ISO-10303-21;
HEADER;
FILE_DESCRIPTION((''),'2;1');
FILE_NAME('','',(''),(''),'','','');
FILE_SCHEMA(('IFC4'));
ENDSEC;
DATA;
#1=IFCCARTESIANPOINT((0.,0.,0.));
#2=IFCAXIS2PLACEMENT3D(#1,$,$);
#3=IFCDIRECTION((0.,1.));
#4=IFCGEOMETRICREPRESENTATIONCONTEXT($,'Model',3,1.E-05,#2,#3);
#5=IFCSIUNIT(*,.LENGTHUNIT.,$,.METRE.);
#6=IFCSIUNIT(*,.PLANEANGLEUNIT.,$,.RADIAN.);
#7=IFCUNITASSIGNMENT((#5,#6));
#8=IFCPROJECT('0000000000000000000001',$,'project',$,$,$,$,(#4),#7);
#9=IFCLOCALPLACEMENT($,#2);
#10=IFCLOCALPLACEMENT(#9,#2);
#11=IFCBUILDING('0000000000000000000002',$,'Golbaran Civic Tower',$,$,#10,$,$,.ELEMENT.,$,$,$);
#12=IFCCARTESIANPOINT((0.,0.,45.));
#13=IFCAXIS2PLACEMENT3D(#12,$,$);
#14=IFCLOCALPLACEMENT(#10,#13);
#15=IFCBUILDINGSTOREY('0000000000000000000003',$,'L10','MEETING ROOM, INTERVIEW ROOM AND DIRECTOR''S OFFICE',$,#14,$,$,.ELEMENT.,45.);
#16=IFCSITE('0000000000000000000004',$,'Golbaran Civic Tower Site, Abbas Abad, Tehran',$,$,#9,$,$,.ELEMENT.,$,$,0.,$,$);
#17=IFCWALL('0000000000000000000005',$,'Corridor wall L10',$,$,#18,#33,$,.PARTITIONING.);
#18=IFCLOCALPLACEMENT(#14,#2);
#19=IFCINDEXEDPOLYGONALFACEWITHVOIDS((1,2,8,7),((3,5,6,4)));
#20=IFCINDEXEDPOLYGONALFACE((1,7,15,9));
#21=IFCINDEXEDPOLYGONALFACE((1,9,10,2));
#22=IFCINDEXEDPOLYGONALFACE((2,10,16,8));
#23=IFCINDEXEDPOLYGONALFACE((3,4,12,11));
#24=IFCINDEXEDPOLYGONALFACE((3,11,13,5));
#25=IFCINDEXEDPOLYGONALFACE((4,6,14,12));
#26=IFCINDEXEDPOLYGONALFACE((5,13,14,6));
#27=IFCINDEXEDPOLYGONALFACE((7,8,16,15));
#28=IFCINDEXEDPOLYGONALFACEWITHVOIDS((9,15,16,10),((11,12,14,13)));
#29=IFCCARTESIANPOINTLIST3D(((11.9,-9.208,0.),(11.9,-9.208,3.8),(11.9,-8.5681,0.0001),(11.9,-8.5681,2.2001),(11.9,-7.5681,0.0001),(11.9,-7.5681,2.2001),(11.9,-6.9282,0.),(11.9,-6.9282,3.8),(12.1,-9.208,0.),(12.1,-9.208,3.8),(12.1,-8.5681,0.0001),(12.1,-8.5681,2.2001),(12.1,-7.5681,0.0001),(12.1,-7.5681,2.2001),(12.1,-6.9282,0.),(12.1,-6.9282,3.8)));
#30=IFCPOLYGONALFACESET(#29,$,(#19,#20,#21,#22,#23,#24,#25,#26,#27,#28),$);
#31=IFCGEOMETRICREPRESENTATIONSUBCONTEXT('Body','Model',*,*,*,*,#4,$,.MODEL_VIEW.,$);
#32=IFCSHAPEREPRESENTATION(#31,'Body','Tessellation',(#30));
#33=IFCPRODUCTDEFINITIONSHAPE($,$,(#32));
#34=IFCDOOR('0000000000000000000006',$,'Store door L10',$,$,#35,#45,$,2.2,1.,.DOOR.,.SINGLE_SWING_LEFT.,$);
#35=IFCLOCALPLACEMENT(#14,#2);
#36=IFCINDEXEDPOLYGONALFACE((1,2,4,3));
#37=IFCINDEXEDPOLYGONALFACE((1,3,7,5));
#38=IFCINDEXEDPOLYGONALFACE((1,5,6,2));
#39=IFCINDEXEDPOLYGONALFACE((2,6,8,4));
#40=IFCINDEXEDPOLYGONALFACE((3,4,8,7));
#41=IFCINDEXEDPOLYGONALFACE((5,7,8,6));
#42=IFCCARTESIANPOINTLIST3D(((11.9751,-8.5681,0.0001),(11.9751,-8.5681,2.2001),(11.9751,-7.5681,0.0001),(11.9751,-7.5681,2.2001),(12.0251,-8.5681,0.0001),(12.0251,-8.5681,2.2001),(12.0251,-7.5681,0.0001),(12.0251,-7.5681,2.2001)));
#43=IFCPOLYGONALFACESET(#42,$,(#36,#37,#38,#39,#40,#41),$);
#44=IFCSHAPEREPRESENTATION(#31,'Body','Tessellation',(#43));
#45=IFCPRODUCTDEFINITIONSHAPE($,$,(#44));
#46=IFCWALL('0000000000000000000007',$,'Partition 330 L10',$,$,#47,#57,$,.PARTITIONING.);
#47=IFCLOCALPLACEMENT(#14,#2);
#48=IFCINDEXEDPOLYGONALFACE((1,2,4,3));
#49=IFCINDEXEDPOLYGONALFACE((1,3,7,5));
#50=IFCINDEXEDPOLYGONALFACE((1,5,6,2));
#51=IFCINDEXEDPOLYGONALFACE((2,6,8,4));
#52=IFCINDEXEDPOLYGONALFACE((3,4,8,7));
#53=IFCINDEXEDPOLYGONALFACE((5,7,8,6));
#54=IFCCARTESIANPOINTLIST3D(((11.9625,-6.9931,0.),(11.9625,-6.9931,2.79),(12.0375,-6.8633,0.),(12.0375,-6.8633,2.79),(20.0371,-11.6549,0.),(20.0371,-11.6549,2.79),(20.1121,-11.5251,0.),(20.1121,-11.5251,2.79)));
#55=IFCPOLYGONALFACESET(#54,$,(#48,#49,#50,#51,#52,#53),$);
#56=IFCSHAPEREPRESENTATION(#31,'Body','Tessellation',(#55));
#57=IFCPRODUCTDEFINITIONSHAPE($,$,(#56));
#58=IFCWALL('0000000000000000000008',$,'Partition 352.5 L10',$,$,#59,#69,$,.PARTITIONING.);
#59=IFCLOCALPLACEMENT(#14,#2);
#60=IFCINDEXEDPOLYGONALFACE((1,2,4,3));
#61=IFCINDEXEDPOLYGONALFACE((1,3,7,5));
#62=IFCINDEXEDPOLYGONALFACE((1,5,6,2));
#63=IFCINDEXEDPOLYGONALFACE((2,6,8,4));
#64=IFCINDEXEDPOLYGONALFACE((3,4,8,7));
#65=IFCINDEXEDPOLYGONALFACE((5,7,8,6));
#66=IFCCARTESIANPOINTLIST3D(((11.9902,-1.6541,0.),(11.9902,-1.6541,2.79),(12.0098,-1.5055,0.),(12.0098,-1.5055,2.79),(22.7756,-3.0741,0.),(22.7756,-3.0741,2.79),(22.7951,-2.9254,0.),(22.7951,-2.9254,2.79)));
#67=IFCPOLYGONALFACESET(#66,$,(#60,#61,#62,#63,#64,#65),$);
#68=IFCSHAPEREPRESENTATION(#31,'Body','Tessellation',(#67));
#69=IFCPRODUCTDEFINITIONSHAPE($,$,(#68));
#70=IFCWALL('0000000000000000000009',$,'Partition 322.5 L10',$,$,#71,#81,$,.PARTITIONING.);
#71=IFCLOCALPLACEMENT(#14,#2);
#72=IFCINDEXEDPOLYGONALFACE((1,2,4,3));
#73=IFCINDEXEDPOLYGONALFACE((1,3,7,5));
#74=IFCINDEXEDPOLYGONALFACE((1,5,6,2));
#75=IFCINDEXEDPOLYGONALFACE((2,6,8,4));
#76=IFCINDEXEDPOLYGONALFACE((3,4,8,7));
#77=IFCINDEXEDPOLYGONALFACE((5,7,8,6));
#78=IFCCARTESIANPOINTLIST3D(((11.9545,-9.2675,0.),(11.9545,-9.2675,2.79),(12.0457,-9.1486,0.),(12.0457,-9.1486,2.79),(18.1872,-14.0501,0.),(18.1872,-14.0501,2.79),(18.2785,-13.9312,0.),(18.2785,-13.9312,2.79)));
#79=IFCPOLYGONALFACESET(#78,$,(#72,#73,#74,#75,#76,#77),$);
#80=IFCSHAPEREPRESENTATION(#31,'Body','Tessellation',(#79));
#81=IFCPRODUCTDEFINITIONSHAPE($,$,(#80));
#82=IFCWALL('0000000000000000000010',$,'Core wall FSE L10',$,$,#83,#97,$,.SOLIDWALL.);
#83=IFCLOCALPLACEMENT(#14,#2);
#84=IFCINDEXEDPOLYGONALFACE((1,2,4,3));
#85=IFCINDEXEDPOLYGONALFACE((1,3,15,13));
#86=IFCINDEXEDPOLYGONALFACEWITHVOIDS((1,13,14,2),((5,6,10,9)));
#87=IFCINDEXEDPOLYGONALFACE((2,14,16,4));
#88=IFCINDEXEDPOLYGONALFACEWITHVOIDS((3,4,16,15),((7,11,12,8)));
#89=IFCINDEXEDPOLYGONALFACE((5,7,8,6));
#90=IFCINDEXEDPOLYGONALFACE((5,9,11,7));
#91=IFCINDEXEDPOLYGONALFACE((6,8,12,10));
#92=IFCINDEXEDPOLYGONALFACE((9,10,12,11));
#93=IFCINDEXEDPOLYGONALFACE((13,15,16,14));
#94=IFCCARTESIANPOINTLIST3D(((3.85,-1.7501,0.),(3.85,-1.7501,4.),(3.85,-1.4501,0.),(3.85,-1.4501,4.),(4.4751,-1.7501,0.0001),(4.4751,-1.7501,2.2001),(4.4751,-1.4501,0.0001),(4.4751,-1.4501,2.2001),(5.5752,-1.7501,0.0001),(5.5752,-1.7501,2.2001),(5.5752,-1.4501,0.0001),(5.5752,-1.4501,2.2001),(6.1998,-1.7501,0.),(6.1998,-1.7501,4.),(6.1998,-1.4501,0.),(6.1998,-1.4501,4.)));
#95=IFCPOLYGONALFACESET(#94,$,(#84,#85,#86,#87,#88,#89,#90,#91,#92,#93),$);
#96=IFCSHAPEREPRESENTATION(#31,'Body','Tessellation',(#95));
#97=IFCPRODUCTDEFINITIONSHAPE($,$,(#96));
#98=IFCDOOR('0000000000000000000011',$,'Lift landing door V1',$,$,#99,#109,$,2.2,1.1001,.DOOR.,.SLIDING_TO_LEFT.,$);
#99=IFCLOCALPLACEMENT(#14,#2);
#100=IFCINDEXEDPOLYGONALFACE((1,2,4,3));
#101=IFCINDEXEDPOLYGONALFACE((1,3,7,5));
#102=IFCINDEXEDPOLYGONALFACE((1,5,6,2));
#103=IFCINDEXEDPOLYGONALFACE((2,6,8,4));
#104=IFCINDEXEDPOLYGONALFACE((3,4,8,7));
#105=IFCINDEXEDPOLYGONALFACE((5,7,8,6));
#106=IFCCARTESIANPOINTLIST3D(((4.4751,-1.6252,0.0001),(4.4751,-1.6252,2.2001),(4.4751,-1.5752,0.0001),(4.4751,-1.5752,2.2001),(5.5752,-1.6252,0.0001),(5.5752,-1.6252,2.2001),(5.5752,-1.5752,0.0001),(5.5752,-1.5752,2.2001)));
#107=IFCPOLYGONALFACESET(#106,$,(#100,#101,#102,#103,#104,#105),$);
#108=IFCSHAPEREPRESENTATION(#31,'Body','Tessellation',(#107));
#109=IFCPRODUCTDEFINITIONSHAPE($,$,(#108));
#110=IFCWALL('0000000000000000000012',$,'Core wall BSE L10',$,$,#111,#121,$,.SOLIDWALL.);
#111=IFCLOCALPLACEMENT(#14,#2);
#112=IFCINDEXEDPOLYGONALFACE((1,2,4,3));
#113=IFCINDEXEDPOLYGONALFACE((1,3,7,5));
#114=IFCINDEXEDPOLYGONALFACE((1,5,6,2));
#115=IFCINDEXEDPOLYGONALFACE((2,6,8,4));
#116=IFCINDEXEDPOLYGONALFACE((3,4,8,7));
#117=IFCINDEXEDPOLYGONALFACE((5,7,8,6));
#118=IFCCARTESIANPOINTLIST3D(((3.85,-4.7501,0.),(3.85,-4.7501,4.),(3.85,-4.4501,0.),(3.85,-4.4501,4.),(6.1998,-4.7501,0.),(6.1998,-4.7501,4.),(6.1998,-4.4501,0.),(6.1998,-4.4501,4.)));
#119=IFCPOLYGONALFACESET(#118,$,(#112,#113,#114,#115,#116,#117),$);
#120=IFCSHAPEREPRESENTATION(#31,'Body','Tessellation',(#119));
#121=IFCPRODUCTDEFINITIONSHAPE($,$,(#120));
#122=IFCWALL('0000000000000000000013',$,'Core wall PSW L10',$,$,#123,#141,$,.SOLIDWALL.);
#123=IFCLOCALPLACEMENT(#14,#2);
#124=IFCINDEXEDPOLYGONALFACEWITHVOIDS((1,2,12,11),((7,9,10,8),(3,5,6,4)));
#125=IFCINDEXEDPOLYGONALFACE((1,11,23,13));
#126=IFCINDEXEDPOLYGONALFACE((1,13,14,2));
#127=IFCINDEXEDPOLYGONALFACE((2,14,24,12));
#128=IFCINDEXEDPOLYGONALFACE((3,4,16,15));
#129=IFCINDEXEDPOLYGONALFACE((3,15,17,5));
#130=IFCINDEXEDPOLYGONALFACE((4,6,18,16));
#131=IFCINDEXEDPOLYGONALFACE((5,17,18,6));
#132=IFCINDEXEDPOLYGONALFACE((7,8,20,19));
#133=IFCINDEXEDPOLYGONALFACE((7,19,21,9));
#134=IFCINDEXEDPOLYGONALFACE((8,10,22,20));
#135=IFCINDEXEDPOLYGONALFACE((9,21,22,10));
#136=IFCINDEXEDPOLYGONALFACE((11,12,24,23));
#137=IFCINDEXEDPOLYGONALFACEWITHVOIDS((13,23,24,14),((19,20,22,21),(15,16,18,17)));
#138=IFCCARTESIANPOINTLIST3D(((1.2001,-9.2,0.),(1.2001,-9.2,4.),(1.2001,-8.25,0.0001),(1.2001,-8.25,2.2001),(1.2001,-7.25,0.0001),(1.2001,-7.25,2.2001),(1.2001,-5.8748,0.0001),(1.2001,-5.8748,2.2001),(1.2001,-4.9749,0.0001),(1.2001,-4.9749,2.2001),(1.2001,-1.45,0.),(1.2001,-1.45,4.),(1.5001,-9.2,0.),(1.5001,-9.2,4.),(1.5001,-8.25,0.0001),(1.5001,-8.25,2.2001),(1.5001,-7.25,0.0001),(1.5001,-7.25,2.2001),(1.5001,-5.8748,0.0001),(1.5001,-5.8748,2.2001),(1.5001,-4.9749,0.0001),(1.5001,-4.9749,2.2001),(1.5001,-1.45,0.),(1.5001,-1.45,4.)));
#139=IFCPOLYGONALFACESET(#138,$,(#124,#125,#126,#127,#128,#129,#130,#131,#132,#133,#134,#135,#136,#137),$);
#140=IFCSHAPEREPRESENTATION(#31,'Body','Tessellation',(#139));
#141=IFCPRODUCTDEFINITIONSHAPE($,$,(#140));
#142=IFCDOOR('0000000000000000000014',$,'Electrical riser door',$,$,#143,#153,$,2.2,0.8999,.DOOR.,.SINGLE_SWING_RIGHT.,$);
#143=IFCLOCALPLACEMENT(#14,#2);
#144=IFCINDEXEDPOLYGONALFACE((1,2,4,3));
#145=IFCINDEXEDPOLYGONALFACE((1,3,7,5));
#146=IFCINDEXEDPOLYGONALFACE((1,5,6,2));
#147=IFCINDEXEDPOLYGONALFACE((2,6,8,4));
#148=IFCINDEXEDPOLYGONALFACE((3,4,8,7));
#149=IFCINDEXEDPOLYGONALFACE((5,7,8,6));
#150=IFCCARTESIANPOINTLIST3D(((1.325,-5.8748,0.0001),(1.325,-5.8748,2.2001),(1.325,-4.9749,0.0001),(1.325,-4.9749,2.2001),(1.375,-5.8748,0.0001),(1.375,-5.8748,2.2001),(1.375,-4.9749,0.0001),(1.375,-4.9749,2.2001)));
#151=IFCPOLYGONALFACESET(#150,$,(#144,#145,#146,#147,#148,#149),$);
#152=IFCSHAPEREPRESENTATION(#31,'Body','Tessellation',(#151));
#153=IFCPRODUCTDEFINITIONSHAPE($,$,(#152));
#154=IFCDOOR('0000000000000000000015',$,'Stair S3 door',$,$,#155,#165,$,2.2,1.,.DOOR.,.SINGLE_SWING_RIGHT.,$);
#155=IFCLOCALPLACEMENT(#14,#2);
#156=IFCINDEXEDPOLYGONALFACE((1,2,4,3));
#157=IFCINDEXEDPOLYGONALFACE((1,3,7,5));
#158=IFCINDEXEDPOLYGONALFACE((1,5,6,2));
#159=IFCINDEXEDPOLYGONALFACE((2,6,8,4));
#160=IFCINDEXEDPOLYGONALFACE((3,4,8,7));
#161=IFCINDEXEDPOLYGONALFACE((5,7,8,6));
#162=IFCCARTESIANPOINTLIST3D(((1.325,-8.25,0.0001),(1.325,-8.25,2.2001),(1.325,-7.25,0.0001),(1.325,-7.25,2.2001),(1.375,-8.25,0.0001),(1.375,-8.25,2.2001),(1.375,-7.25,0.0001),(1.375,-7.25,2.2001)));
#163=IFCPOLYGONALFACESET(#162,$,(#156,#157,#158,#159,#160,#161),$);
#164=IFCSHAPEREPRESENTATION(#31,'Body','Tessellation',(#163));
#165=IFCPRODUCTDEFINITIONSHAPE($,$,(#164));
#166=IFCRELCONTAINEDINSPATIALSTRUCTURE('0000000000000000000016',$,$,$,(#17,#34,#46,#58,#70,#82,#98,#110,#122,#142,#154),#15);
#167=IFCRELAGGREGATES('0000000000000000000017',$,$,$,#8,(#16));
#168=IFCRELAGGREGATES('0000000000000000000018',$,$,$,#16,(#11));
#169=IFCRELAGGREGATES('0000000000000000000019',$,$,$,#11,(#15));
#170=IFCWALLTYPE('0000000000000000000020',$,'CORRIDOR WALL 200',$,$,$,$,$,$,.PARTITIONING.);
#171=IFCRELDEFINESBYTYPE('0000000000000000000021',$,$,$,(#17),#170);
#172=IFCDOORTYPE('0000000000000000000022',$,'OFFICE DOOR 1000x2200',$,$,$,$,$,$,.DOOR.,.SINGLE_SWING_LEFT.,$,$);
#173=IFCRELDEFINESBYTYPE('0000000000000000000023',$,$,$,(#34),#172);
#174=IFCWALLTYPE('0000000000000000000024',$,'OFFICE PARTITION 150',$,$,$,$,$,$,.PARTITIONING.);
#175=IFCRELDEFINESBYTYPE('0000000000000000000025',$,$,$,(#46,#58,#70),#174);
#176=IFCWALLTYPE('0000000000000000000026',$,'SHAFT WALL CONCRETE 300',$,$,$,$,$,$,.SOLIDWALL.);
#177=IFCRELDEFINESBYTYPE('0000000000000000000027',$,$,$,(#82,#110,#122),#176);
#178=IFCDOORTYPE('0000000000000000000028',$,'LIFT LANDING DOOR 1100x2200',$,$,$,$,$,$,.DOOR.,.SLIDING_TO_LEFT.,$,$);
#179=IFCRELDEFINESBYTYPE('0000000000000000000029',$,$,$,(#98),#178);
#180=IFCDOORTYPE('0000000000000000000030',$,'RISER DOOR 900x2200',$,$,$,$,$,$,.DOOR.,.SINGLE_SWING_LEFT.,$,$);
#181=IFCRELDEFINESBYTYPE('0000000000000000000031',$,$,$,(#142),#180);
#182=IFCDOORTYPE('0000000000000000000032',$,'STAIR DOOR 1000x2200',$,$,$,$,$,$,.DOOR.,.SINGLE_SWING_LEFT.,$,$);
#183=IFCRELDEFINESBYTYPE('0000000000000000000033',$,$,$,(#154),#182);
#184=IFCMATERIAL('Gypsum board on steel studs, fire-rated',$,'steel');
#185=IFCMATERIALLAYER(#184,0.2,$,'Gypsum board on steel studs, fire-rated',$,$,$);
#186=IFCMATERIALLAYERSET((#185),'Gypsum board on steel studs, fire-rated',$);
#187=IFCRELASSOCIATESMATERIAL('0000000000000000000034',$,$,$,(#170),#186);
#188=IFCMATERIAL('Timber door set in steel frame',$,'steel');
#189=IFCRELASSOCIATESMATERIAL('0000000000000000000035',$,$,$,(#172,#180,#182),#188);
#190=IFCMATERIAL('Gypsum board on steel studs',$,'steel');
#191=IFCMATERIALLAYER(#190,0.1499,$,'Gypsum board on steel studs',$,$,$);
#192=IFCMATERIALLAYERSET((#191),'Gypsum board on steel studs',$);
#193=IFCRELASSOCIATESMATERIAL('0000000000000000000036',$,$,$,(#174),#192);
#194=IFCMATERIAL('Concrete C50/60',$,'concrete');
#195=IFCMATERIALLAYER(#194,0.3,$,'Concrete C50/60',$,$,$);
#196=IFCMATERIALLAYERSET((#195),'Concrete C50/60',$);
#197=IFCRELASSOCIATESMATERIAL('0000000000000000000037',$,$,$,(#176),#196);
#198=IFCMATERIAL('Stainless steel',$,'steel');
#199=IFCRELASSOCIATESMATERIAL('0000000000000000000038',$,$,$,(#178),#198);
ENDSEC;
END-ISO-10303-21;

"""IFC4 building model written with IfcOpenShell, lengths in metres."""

from ifc_helpers import new_model, si_unit, direction, frame, frame_2d, origin, place, context, subcontext, project, spatial, rectangle, extrude, material, layer, layer_set, type_object, element, fill, save


model = new_model("IFC4")

# Units and contexts
model_context = context("Model", 3, precision=1e-05, world=origin(), true_north=direction((0.0, 1.0)))
body_context = subcontext(model_context, "Body", "Model", "MODEL_VIEW")
ifc_project = project(units=[si_unit("LENGTHUNIT", "METRE"), si_unit("PLANEANGLEUNIT", "RADIAN")], contexts=[model_context])

# Site, building, storey
site_placement = place(None, origin())
site = spatial("IfcSite", under=ifc_project, at=site_placement, Name="Golbaran Civic Tower Site, Abbas Abad, Tehran", CompositionType="ELEMENT", RefElevation=0.0)
building_placement = place(site_placement, origin())
building = spatial("IfcBuilding", under=site, at=building_placement, Name="Golbaran Civic Tower", CompositionType="ELEMENT")
storey_placement = place(building_placement, frame((0.0, 0.0, 45.0)))
storey = spatial("IfcBuildingStorey", under=building, at=storey_placement, Name="L10", Description="MEETING ROOM, INTERVIEW ROOM AND DIRECTOR'S OFFICE", CompositionType="ELEMENT", Elevation=45.0)

# Shared definitions
ifc_material_1 = material(Name="Concrete C50/60", Category="concrete")
ifc_material_2 = material(Name="Timber door set in steel frame", Category="steel")

# Wall, opening, door
ifc_material_3 = material(Name="Gypsum board on steel studs, fire-rated", Category="steel")
ifc_layer_1 = layer(ifc_material_3, 0.2, Name="Gypsum board on steel studs, fire-rated")
ifc_layer_set_1 = layer_set([ifc_layer_1], Name="Gypsum board on steel studs, fire-rated")
wall_type_1 = type_object("IfcWallType", Name="CORRIDOR WALL 200", PredefinedType="PARTITIONING", material=ifc_layer_set_1)
door_type_1 = type_object("IfcDoorType", Name="OFFICE DOOR 1000x2200", OperationType="SINGLE_SWING_LEFT", PredefinedType="DOOR", material=ifc_material_2)
wall_1_placement = place(storey_placement, frame((12.0, -9.208, 0.0), z_axis=(0.0, 0.0, 1.0), x_axis=(0.0, 1.0, 0.0)))
wall_1 = element("IfcWall", 1, at=wall_1_placement, inside=storey, type_object=wall_type_1, Name="Corridor wall L10", PredefinedType="PARTITIONING", context=body_context, shape_type="SweptSolid", body=[
    extrude(rectangle(XDim=2.2798, YDim=0.2, at=frame_2d((1.1399, 0.0))), origin(), (0.0, 0.0, 1.0), 3.8),
])
opening_1_placement = place(wall_1_placement, frame((0.6399, 0.0, 0.0)))
opening_1 = element("IfcOpeningElement", 2, at=opening_1_placement, cuts=wall_1, PredefinedType="OPENING", context=body_context, shape_type="SweptSolid", body=[
    extrude(rectangle(XDim=1.0, YDim=2.2, at=frame_2d((0.5, 1.1001))), frame((0.0, 0.1099, 0.0), z_axis=(0.0, -1.0, 0.0), x_axis=(1.0, 0.0, 0.0)), (0.0, 0.0, 1.0), 0.22),
])
door_1_placement = place(opening_1_placement, origin())
door_1 = element("IfcDoor", 3, at=door_1_placement, inside=storey, type_object=door_type_1, Name="Store door L10", OperationType="SINGLE_SWING_LEFT", OverallHeight=2.2, OverallWidth=1.0, PredefinedType="DOOR", context=body_context, shape_type="SweptSolid", body=[
    extrude(rectangle(XDim=1.0, YDim=2.2, at=frame_2d((0.5, 1.1001))), frame((0.0, 0.0249, 0.0), z_axis=(0.0, -1.0, 0.0), x_axis=(1.0, 0.0, 0.0)), (0.0, 0.0, 1.0), 0.05),
])
fill(opening_1, door_1)

# Walls
ifc_material_4 = material(Name="Gypsum board on steel studs", Category="steel")
ifc_layer_2 = layer(ifc_material_4, 0.1499, Name="Gypsum board on steel studs")
ifc_layer_set_2 = layer_set([ifc_layer_2], Name="Gypsum board on steel studs")
wall_type_2 = type_object("IfcWallType", Name="OFFICE PARTITION 150", PredefinedType="PARTITIONING", material=ifc_layer_set_2)
wall_2_placement = place(storey_placement, frame((12.0, -6.9282, 0.0), z_axis=(0.0, 0.0, 1.0), x_axis=(0.866029, -0.499994, 0.0)))
element("IfcWall", 4, at=wall_2_placement, inside=storey, type_object=wall_type_2, Name="Partition 330 L10", PredefinedType="PARTITIONING", context=body_context, shape_type="SweptSolid", body=[
    extrude(rectangle(XDim=9.3237, YDim=0.1499, at=frame_2d((4.6619, 0.0))), origin(), (0.0, 0.0, 1.0), 2.79),
])
wall_3_placement = place(storey_placement, frame((12.0, -1.5798, 0.0), z_axis=(0.0, 0.0, 1.0), x_axis=(0.991445, -0.130526, 0.0)))
element("IfcWall", 5, at=wall_3_placement, inside=storey, type_object=wall_type_2, Name="Partition 352.5 L10", PredefinedType="PARTITIONING", context=body_context, shape_type="SweptSolid", body=[
    extrude(rectangle(XDim=10.8784, YDim=0.1499, at=frame_2d((5.4392, 0.0))), origin(), (0.0, 0.0, 1.0), 2.79),
])
wall_4_placement = place(storey_placement, frame((12.0, -9.208, 0.0), z_axis=(0.0, 0.0, 1.0), x_axis=(0.793355, -0.60876, 0.0)))
element("IfcWall", 6, at=wall_4_placement, inside=storey, type_object=wall_type_2, Name="Partition 322.5 L10", PredefinedType="PARTITIONING", context=body_context, shape_type="SweptSolid", body=[
    extrude(rectangle(XDim=7.8562, YDim=0.1499, at=frame_2d((3.9282, 0.0))), origin(), (0.0, 0.0, 1.0), 2.79),
])

# Wall, opening, door
ifc_layer_3 = layer(ifc_material_1, 0.3, Name="Concrete C50/60")
ifc_layer_set_3 = layer_set([ifc_layer_3], Name="Concrete C50/60")
wall_type_3 = type_object("IfcWallType", Name="SHAFT WALL CONCRETE 300", PredefinedType="SOLIDWALL", material=ifc_layer_set_3)
wall_5_placement = place(storey_placement, frame((3.8501, -1.6001, 0.0), z_axis=(0.0, 0.0, 1.0), x_axis=(1.0, 0.0, 0.0)))
wall_5 = element("IfcWall", 7, at=wall_5_placement, inside=storey, type_object=wall_type_3, Name="Core wall FSE L10", PredefinedType="SOLIDWALL", context=body_context, shape_type="SweptSolid", body=[
    extrude(rectangle(XDim=2.3499, YDim=0.3, at=frame_2d((1.1748, 0.0))), origin(), (0.0, 0.0, 1.0), 4.0),
])
opening_2_placement = place(wall_5_placement, frame((0.625, 0.0, 0.0)))
opening_2 = element("IfcOpeningElement", 8, at=opening_2_placement, cuts=wall_5, PredefinedType="OPENING", context=body_context, shape_type="SweptSolid", body=[
    extrude(rectangle(XDim=1.1001, YDim=2.2, at=frame_2d((0.55, 1.1001))), frame((0.0, 0.1599, 0.0), z_axis=(0.0, -1.0, 0.0), x_axis=(1.0, 0.0, 0.0)), (0.0, 0.0, 1.0), 0.3201),
])
ifc_material_5 = material(Name="Stainless steel", Category="steel")
door_type_2 = type_object("IfcDoorType", Name="LIFT LANDING DOOR 1100x2200", OperationType="SLIDING_TO_LEFT", PredefinedType="DOOR", material=ifc_material_5)
door_2_placement = place(opening_2_placement, origin())
door_2 = element("IfcDoor", 9, at=door_2_placement, inside=storey, type_object=door_type_2, Name="Lift landing door V1", OperationType="SLIDING_TO_LEFT", OverallHeight=2.2, OverallWidth=1.1001, PredefinedType="DOOR", context=body_context, shape_type="SweptSolid", body=[
    extrude(rectangle(XDim=1.1001, YDim=2.2, at=frame_2d((0.55, 1.1001))), frame((0.0, 0.0249, 0.0), z_axis=(0.0, -1.0, 0.0), x_axis=(1.0, 0.0, 0.0)), (0.0, 0.0, 1.0), 0.05),
])
fill(opening_2, door_2)

# Wall
wall_6_placement = place(storey_placement, frame((3.8501, -4.6001, 0.0), z_axis=(0.0, 0.0, 1.0), x_axis=(1.0, 0.0, 0.0)))
element("IfcWall", 10, at=wall_6_placement, inside=storey, type_object=wall_type_3, Name="Core wall BSE L10", PredefinedType="SOLIDWALL", context=body_context, shape_type="SweptSolid", body=[
    extrude(rectangle(XDim=2.3499, YDim=0.3, at=frame_2d((1.1748, 0.0))), origin(), (0.0, 0.0, 1.0), 4.0),
])

# Wall, openings, doors
wall_7_placement = place(storey_placement, frame((1.3501, -1.45, 0.0), z_axis=(0.0, 0.0, 1.0), x_axis=(0.0, -1.0, 0.0)))
wall_7 = element("IfcWall", 11, at=wall_7_placement, inside=storey, type_object=wall_type_3, Name="Core wall PSW L10", PredefinedType="SOLIDWALL", context=body_context, shape_type="SweptSolid", body=[
    extrude(rectangle(XDim=7.75, YDim=0.3, at=frame_2d((3.875, 0.0))), origin(), (0.0, 0.0, 1.0), 4.0),
])
opening_3_placement = place(wall_7_placement, frame((5.8, 0.0, 0.0)))
opening_3 = element("IfcOpeningElement", 12, at=opening_3_placement, cuts=wall_7, PredefinedType="OPENING", context=body_context, shape_type="SweptSolid", body=[
    extrude(rectangle(XDim=1.0, YDim=2.2, at=frame_2d((0.5, 1.1001))), frame((0.0, 0.1599, 0.0), z_axis=(0.0, -1.0, 0.0), x_axis=(1.0, 0.0, 0.0)), (0.0, 0.0, 1.0), 0.3201),
])
opening_4_placement = place(wall_7_placement, frame((3.5249, 0.0, 0.0)))
opening_4 = element("IfcOpeningElement", 13, at=opening_4_placement, cuts=wall_7, PredefinedType="OPENING", context=body_context, shape_type="SweptSolid", body=[
    extrude(rectangle(XDim=0.8999, YDim=2.2, at=frame_2d((0.45, 1.1001))), frame((0.0, 0.1599, 0.0), z_axis=(0.0, -1.0, 0.0), x_axis=(1.0, 0.0, 0.0)), (0.0, 0.0, 1.0), 0.3201),
])
door_type_3 = type_object("IfcDoorType", Name="RISER DOOR 900x2200", OperationType="SINGLE_SWING_LEFT", PredefinedType="DOOR", material=ifc_material_2)
door_3_placement = place(opening_4_placement, origin())
door_3 = element("IfcDoor", 14, at=door_3_placement, inside=storey, type_object=door_type_3, Name="Electrical riser door", OperationType="SINGLE_SWING_RIGHT", OverallHeight=2.2, OverallWidth=0.8999, PredefinedType="DOOR", context=body_context, shape_type="SweptSolid", body=[
    extrude(rectangle(XDim=0.8999, YDim=2.2, at=frame_2d((0.45, 1.1001))), frame((0.0, 0.0249, 0.0), z_axis=(0.0, -1.0, 0.0), x_axis=(1.0, 0.0, 0.0)), (0.0, 0.0, 1.0), 0.05),
])
fill(opening_4, door_3)
door_type_4 = type_object("IfcDoorType", Name="STAIR DOOR 1000x2200", OperationType="SINGLE_SWING_LEFT", PredefinedType="DOOR", material=ifc_material_2)
door_4_placement = place(opening_3_placement, origin())
door_4 = element("IfcDoor", 15, at=door_4_placement, inside=storey, type_object=door_type_4, Name="Stair S3 door", OperationType="SINGLE_SWING_RIGHT", OverallHeight=2.2, OverallWidth=1.0, PredefinedType="DOOR", context=body_context, shape_type="SweptSolid", body=[
    extrude(rectangle(XDim=1.0, YDim=2.2, at=frame_2d((0.5, 1.1001))), frame((0.0, 0.0249, 0.0), z_axis=(0.0, -1.0, 0.0), x_axis=(1.0, 0.0, 0.0)), (0.0, 0.0, 1.0), 0.05),
])
fill(opening_3, door_4)

save(model, "model.ifc")
